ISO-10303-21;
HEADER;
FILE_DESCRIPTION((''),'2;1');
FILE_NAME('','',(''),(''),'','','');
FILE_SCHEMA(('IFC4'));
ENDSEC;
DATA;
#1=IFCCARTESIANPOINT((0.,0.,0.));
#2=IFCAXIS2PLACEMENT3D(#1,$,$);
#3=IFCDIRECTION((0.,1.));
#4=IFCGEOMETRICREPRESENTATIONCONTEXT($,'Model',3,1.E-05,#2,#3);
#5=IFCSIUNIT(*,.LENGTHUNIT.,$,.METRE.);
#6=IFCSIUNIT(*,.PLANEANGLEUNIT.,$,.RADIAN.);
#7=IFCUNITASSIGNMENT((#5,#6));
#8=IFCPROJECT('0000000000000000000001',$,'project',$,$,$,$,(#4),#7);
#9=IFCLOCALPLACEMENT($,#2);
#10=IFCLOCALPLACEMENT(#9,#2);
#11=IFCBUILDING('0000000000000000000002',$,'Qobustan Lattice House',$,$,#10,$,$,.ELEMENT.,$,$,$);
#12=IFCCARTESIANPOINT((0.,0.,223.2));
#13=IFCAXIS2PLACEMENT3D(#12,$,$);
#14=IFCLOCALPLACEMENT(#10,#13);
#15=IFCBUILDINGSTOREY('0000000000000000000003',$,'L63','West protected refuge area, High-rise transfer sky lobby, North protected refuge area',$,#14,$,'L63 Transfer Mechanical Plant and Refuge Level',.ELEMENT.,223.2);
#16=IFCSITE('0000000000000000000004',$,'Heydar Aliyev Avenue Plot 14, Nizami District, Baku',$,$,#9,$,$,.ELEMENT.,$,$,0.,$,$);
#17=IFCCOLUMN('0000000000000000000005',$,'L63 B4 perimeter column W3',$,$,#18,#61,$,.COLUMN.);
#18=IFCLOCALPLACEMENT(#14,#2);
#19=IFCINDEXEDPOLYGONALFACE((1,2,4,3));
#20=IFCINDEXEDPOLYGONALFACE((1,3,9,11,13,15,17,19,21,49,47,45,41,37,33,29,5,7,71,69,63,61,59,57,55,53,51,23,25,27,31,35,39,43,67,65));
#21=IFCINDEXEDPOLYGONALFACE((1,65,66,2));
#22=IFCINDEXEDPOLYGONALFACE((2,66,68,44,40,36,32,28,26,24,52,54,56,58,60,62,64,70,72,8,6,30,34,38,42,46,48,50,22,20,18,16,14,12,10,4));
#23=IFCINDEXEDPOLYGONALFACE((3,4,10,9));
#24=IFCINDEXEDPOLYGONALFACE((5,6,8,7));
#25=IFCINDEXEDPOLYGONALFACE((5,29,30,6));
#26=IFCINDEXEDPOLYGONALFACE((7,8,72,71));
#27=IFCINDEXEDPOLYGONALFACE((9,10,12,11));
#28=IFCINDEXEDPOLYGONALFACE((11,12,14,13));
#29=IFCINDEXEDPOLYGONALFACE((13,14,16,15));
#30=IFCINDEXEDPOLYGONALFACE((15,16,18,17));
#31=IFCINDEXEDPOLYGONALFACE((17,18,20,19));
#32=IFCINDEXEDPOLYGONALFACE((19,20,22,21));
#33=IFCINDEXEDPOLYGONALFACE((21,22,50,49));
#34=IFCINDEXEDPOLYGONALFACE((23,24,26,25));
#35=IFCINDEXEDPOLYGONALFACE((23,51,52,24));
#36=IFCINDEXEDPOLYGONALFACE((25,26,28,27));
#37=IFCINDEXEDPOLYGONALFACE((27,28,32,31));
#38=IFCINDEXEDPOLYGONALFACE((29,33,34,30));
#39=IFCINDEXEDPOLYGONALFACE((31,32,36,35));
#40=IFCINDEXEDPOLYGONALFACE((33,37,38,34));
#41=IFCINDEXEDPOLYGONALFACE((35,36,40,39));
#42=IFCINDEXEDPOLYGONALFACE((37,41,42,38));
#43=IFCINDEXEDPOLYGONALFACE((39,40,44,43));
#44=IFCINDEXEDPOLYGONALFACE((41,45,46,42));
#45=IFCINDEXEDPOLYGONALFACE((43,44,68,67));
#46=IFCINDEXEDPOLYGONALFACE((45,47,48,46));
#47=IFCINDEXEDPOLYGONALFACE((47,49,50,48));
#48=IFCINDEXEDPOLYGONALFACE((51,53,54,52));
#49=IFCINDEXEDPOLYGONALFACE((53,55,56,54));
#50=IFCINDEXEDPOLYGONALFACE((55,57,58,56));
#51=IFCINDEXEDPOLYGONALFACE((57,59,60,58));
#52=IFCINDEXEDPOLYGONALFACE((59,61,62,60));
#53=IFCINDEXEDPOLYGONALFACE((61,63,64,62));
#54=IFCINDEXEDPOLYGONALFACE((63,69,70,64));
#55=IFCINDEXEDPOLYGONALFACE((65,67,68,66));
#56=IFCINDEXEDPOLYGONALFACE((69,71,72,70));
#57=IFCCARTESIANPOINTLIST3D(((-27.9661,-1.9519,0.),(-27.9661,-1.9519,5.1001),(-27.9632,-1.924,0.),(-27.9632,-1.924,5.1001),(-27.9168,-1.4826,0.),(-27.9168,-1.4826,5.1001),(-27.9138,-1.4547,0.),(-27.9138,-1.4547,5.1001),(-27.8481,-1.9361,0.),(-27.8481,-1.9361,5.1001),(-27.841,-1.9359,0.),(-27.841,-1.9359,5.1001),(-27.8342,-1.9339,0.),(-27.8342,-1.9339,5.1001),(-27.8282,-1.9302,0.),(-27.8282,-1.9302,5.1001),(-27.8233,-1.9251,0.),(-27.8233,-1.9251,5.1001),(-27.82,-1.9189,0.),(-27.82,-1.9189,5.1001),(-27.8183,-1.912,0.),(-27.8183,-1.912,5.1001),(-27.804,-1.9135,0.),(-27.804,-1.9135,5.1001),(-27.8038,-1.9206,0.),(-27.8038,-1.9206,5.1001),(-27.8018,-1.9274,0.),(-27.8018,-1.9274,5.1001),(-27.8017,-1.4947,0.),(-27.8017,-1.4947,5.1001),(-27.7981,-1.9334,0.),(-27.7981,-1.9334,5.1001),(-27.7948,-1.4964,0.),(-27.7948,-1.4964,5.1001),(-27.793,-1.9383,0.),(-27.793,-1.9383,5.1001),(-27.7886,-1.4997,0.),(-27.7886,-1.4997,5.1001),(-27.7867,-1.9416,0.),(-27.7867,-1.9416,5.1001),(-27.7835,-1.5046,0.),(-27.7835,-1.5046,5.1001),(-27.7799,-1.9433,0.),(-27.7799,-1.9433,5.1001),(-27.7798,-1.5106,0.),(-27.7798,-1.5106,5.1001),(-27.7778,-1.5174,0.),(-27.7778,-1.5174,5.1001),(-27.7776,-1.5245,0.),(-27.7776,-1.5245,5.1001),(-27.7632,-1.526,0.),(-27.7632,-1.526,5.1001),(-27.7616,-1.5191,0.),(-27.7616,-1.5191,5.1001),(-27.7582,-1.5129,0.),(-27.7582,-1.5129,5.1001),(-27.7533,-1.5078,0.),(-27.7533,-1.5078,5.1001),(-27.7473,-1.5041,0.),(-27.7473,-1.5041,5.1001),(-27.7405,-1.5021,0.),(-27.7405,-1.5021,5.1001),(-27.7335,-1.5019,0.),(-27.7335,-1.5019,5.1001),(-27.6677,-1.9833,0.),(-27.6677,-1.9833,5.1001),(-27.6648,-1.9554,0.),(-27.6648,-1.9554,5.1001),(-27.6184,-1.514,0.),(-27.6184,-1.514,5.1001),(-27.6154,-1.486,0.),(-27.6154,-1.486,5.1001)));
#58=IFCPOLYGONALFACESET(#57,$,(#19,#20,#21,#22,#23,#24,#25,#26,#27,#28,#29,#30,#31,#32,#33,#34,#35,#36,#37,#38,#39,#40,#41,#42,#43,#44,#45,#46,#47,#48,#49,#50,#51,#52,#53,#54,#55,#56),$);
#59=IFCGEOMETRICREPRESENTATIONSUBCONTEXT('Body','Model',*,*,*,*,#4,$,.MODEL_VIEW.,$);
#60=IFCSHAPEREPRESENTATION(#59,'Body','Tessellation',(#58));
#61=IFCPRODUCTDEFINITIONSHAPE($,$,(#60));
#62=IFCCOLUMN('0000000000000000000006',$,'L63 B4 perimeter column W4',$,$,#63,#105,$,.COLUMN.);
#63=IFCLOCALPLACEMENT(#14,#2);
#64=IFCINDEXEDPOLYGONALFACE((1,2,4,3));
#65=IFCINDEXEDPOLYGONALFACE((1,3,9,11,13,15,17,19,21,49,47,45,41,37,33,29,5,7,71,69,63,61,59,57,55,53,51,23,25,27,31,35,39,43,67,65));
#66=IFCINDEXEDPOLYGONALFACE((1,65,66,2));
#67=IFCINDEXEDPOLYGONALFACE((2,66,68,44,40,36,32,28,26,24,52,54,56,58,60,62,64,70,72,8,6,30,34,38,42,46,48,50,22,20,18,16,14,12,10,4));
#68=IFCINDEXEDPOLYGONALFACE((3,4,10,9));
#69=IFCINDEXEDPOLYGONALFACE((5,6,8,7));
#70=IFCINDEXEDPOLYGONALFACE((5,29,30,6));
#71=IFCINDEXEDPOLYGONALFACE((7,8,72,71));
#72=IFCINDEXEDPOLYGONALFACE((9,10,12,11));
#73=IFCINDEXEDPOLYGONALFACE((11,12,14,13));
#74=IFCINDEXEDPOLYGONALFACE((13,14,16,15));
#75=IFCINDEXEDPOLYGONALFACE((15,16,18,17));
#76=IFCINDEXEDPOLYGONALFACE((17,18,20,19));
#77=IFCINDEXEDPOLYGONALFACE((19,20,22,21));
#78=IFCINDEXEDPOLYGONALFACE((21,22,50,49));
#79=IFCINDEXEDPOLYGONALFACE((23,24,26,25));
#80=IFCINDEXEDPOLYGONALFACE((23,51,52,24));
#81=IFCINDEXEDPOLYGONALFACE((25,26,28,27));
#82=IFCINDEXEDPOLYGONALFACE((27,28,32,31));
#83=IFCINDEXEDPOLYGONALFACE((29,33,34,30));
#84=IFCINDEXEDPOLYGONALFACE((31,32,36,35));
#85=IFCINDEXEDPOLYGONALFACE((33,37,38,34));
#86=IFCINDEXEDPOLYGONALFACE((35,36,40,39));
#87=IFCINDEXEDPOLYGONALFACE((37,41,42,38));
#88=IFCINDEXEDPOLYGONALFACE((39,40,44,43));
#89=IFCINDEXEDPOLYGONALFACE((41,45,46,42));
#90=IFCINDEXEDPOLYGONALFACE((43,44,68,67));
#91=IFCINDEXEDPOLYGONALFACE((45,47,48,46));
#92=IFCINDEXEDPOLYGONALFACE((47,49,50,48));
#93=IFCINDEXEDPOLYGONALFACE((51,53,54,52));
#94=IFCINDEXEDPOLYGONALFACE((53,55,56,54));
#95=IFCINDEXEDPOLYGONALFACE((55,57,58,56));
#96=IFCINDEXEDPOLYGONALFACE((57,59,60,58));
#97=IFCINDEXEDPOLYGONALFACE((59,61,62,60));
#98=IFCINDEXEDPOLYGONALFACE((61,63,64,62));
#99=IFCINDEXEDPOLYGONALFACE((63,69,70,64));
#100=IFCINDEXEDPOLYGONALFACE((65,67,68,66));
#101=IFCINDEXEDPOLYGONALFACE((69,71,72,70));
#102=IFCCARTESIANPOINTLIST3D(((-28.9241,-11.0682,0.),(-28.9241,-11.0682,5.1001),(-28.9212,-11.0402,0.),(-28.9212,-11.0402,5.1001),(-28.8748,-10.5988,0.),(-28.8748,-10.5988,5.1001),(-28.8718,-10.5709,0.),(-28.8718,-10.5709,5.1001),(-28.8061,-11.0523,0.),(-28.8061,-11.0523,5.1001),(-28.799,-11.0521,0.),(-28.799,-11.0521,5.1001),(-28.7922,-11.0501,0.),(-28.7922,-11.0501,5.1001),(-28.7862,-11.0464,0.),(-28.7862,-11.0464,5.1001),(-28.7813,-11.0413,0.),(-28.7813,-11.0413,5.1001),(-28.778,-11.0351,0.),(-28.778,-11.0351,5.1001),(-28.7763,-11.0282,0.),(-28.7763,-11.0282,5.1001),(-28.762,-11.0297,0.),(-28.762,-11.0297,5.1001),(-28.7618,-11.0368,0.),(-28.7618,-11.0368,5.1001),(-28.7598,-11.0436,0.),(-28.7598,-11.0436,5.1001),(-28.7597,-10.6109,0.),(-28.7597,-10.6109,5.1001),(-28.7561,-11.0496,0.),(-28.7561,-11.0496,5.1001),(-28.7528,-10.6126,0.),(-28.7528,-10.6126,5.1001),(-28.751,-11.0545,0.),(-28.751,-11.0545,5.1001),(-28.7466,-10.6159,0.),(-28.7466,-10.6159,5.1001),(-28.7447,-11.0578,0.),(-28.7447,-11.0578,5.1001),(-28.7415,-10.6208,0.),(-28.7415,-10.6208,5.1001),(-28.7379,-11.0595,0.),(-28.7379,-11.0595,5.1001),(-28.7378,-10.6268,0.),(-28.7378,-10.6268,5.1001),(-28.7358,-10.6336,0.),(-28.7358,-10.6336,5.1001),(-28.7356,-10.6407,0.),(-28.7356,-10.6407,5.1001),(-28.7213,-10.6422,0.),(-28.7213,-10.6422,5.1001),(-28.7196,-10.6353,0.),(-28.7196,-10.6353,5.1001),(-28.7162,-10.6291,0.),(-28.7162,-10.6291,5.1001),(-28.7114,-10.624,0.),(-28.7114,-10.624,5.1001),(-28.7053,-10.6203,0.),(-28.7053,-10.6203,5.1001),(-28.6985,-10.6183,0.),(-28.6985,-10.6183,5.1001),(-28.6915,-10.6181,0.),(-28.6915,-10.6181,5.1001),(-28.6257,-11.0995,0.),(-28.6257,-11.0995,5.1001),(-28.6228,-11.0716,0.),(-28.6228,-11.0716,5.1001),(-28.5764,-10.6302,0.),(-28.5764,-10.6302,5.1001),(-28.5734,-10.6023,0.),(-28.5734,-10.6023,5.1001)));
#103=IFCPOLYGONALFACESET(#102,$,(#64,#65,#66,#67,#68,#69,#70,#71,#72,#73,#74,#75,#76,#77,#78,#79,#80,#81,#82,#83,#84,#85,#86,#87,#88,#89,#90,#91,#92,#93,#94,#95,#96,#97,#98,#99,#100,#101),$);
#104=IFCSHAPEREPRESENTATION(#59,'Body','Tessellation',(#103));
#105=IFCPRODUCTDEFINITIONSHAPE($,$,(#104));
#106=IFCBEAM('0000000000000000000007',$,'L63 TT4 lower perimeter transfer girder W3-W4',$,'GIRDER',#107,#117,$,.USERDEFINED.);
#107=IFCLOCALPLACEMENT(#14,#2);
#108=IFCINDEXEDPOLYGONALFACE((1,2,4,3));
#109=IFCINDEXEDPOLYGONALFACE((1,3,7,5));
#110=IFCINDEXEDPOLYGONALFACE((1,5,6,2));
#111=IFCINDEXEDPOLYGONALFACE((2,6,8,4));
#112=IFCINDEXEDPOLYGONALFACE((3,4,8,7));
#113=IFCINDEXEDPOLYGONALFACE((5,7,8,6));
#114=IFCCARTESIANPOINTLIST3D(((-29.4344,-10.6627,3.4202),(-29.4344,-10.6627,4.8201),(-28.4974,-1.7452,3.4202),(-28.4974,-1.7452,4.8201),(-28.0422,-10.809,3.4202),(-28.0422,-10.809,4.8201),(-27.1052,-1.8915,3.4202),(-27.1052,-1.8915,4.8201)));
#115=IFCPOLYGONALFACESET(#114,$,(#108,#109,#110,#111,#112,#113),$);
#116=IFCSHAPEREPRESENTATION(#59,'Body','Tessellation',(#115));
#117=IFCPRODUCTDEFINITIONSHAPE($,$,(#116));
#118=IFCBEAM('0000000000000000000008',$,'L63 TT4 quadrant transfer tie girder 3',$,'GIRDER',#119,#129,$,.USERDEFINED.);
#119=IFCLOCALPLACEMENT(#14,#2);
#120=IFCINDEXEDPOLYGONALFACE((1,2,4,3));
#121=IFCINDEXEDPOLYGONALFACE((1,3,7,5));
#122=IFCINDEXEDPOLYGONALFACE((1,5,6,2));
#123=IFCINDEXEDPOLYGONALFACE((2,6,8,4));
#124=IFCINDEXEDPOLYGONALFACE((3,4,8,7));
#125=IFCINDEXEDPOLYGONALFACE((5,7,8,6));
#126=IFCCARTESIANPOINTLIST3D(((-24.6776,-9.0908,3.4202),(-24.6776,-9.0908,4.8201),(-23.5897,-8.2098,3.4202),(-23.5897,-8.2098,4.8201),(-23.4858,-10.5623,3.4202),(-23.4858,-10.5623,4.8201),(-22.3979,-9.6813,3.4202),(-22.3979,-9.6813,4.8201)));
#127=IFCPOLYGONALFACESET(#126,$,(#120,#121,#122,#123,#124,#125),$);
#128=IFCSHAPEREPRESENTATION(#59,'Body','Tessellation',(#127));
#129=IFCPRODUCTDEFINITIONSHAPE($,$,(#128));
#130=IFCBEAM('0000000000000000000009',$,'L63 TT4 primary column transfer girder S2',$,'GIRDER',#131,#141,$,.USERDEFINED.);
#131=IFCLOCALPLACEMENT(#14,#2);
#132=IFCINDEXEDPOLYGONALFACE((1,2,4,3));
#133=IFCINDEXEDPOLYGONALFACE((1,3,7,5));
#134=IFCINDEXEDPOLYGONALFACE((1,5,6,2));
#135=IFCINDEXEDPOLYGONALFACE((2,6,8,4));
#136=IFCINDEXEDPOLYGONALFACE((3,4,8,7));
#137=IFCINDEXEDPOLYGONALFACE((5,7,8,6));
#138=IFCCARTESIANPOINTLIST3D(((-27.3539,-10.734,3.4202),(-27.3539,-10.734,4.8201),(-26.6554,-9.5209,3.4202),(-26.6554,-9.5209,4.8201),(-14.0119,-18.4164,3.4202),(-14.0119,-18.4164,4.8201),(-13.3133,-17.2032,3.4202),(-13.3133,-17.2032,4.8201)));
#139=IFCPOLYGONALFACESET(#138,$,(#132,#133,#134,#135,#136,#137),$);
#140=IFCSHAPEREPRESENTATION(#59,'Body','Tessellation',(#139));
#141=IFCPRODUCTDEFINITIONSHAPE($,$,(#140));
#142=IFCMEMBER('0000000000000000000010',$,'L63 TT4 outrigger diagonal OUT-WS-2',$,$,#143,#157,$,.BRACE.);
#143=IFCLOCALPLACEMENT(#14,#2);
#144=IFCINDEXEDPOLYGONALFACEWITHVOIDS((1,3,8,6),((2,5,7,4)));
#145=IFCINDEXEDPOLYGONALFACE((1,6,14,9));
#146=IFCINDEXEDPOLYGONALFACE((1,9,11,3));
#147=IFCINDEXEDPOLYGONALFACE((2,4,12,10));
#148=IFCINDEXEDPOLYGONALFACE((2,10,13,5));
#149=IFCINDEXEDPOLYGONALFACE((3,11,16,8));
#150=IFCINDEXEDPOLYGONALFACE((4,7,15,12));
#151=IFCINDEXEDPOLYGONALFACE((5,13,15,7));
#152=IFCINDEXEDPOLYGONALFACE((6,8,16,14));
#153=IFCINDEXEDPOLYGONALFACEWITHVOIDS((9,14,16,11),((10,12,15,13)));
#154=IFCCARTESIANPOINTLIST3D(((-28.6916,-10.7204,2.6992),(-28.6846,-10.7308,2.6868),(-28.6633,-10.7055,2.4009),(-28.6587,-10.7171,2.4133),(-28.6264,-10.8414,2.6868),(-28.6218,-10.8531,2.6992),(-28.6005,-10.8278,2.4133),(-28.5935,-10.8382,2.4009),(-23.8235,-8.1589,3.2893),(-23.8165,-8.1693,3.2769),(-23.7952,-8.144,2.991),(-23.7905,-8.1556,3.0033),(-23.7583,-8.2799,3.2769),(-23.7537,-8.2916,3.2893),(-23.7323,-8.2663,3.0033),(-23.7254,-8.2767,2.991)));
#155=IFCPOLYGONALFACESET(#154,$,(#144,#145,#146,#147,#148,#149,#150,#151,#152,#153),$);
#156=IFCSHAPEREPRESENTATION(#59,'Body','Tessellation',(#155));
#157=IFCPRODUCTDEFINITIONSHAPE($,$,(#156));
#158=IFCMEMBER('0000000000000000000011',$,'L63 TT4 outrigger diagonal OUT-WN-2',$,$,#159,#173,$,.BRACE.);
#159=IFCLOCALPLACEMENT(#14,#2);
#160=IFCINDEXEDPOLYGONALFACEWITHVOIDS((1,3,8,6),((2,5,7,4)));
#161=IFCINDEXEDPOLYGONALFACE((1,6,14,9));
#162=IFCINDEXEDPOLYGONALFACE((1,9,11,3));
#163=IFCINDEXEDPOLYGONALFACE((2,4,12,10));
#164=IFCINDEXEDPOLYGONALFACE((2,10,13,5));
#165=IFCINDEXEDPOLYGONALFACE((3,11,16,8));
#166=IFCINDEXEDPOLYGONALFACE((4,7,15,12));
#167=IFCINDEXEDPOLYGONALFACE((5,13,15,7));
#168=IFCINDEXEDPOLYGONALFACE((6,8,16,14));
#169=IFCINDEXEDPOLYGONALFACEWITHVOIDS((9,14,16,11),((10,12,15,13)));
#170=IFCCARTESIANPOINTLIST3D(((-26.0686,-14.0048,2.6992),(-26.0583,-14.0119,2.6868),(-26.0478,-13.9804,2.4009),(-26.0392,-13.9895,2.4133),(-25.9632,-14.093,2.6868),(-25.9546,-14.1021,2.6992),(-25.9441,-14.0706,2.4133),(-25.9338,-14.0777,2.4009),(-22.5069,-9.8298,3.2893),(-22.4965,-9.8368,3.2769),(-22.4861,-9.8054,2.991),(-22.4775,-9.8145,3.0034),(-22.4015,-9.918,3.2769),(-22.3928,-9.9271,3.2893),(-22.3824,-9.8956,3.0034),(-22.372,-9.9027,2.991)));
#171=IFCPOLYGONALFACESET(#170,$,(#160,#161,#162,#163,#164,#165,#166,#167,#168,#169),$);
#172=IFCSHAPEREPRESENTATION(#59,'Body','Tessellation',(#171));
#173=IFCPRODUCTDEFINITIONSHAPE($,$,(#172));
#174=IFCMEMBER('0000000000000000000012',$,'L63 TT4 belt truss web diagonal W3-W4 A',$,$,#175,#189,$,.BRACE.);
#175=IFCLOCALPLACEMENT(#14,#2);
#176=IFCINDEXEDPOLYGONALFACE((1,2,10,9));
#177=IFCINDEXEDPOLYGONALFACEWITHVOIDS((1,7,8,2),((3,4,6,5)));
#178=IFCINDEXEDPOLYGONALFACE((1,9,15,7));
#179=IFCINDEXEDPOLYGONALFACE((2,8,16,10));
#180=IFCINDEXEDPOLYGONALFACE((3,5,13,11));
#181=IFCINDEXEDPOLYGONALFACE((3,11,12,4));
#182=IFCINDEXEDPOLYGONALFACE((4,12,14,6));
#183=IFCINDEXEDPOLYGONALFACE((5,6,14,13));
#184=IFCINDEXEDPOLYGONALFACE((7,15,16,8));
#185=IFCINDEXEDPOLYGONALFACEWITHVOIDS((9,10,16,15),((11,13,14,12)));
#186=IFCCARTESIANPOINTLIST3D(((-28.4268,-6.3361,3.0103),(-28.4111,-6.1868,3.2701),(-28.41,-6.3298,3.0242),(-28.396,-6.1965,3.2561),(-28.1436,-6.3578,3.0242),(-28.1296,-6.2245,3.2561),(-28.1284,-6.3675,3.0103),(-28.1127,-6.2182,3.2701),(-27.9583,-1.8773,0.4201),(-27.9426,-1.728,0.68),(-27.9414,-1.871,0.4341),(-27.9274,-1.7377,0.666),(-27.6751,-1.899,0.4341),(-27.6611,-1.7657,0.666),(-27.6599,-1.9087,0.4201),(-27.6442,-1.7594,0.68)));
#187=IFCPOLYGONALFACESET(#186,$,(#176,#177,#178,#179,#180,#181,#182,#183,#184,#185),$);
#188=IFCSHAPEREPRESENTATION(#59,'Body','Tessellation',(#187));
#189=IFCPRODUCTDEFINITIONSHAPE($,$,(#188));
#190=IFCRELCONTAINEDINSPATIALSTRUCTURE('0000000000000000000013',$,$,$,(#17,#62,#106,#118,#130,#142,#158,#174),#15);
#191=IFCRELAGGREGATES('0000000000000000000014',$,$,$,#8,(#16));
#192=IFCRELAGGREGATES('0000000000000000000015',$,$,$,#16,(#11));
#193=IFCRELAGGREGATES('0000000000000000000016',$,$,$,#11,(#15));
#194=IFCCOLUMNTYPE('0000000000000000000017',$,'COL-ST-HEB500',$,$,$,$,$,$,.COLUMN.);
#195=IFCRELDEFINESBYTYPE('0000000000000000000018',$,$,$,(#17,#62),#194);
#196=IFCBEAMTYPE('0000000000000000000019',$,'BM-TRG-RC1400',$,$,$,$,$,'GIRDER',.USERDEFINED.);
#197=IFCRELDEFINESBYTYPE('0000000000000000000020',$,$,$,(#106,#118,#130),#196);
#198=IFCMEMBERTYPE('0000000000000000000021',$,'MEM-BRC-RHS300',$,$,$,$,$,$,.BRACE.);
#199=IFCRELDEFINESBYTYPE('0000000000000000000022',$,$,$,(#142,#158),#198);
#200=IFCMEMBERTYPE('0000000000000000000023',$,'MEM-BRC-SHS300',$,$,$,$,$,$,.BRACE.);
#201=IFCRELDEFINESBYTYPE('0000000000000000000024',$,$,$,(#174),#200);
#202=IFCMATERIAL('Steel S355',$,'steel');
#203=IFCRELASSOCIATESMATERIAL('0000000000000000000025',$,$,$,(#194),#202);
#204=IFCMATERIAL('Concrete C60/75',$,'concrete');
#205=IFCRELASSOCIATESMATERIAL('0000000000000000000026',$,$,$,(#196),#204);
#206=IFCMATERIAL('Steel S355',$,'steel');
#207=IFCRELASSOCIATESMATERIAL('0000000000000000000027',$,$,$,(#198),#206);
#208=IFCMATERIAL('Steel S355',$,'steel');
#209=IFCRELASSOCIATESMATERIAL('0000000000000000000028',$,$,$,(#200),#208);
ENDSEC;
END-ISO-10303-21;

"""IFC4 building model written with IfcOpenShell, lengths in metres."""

from ifc_helpers import new_model, si_unit, direction, frame, origin, origin_2d, place, context, subcontext, project, spatial, rectangle, hollow_rectangle, i_section, extrude, material, material_profile, profile_set, type_object, element, save


model = new_model("IFC4")

# Units and contexts
model_context = context("Model", 3, precision=1e-05, world=origin(), true_north=direction((0.0, 1.0)))
body_context = subcontext(model_context, "Body", "Model", "MODEL_VIEW")
ifc_project = project(units=[si_unit("LENGTHUNIT", "METRE"), si_unit("PLANEANGLEUNIT", "RADIAN")], contexts=[model_context])

# Site, building, storey
site_placement = place(None, origin())
site = spatial("IfcSite", under=ifc_project, at=site_placement, Name="Heydar Aliyev Avenue Plot 14, Nizami District, Baku", CompositionType="ELEMENT", RefElevation=0.0)
building_placement = place(site_placement, origin())
building = spatial("IfcBuilding", under=site, at=building_placement, Name="Qobustan Lattice House", CompositionType="ELEMENT")
storey_placement = place(building_placement, frame((0.0, 0.0, 223.2)))
storey = spatial("IfcBuildingStorey", under=building, at=storey_placement, Name="L63", Description="West protected refuge area, High-rise transfer sky lobby, North protected refuge area", LongName="L63 Transfer Mechanical Plant and Refuge Level", CompositionType="ELEMENT", Elevation=223.2)

# Columns
ifc_material_1 = material(Name="Steel S355", Category="steel")
ifc_material_profile_1 = material_profile(ifc_material_1, i_section(OverallWidth=0.3, OverallDepth=0.5, WebThickness=0.0144, FlangeThickness=0.0281, FilletRadius=0.0271, at=origin_2d()), Name="HEB500")
ifc_profile_set_1 = profile_set([ifc_material_profile_1], Name="Steel S355")
column_type = type_object("IfcColumnType", Name="COL-ST-HEB500", PredefinedType="COLUMN", material=ifc_profile_set_1)
for number, where, z_axis, x_axis, name in (
    (1, (-27.7908, -1.719, 0.0), (0.0, 0.0, 1.0), (0.994522, -0.104528, 0.0), "L63 B4 perimeter column W3"),
    (2, (-28.7488, -10.8352, 0.0), (0.0, 0.0, 1.0), (0.994522, -0.104528, 0.0), "L63 B4 perimeter column W4"),
):
    element("IfcColumn", number, at=place(storey_placement, frame(where, z_axis=z_axis, x_axis=x_axis)), inside=storey, type_object=column_type, Name=name, PredefinedType="COLUMN", context=body_context, shape_type="SweptSolid", body=[
        extrude(i_section(OverallWidth=0.3, OverallDepth=0.5, WebThickness=0.0144, FlangeThickness=0.0281, FilletRadius=0.0271, at=origin_2d()), origin(), (0.0, 0.0, 1.0), 5.1001),
    ])

# Beams
ifc_material_2 = material(Name="Concrete C60/75", Category="concrete")
ifc_material_profile_2 = material_profile(ifc_material_2, rectangle(XDim=1.3999, YDim=1.3999, at=origin_2d()), Name="RC1400x1400")
ifc_profile_set_2 = profile_set([ifc_material_profile_2], Name="Concrete C60/75")
beam_type = type_object("IfcBeamType", Name="BM-TRG-RC1400", ElementType="GIRDER", PredefinedType="USERDEFINED", material=ifc_profile_set_2)
beam_1_placement = place(storey_placement, frame((-27.8013, -1.8184, 4.1201), z_axis=(-0.104501, -0.994525, 0.0), x_axis=(0.994525, -0.104501, 0.0)))
element("IfcBeam", 3, at=beam_1_placement, inside=storey, type_object=beam_type, Name="L63 TT4 lower perimeter transfer girder W3-W4", ObjectType="GIRDER", PredefinedType="USERDEFINED", context=body_context, shape_type="SweptSolid", body=[
    extrude(rectangle(XDim=1.3999, YDim=1.3999, at=origin_2d()), origin(), (0.0, 0.0, 1.0), 8.9666),
])
beam_2_placement = place(storey_placement, frame((-22.9419, -10.1218, 4.1201), z_axis=(-0.629354, 0.777119, 0.0), x_axis=(-0.777119, -0.629354, 0.0)))
element("IfcBeam", 4, at=beam_2_placement, inside=storey, type_object=beam_type, Name="L63 TT4 quadrant transfer tie girder 3", ObjectType="GIRDER", PredefinedType="USERDEFINED", context=body_context, shape_type="SweptSolid", body=[
    extrude(rectangle(XDim=1.3999, YDim=1.3999, at=origin_2d()), origin(), (0.0, 0.0, 1.0), 1.8936),
])
beam_3_placement = place(storey_placement, frame((-27.0046, -10.1274, 4.1201), z_axis=(0.866606, -0.498993, 0.0), x_axis=(0.498993, 0.866606, 0.0)))
element("IfcBeam", 5, at=beam_3_placement, inside=storey, type_object=beam_type, Name="L63 TT4 primary column transfer girder S2", ObjectType="GIRDER", PredefinedType="USERDEFINED", context=body_context, shape_type="SweptSolid", body=[
    extrude(rectangle(XDim=1.3999, YDim=1.3999, at=origin_2d()), origin(), (0.0, 0.0, 1.0), 15.3958),
])

# Members
ifc_material_3 = material(Name="Steel S355", Category="steel")
ifc_material_profile_3 = material_profile(ifc_material_3, hollow_rectangle(XDim=0.1499, YDim=0.3, WallThickness=0.0125, at=origin_2d()), Name="RHS300x150x12.5")
ifc_profile_set_3 = profile_set([ifc_material_profile_3], Name="Steel S355")
member_type_1 = type_object("IfcMemberType", Name="MEM-BRC-RHS300", PredefinedType="BRACE", material=ifc_profile_set_3)
member_1_placement = place(storey_placement, frame((-23.7744, -8.2178, 3.1401), z_axis=(-0.87992, -0.462995, -0.106658), x_axis=(0.465651, -0.884968, 0.0)))
element("IfcMember", 6, at=member_1_placement, inside=storey, type_object=member_type_1, Name="L63 TT4 outrigger diagonal OUT-WS-2", PredefinedType="BRACE", context=body_context, shape_type="SweptSolid", body=[
    extrude(hollow_rectangle(XDim=0.1499, YDim=0.3, WallThickness=0.0125, at=origin_2d()), origin(), (0.0, 0.0, 1.0), 5.5325),
])
member_2_placement = place(storey_placement, frame((-22.4395, -9.8662, 3.1401), z_axis=(-0.6453, -0.756411, -0.106909), x_axis=(0.760771, -0.64902, 0.0)))
element("IfcMember", 7, at=member_2_placement, inside=storey, type_object=member_type_1, Name="L63 TT4 outrigger diagonal OUT-WN-2", PredefinedType="BRACE", context=body_context, shape_type="SweptSolid", body=[
    extrude(hollow_rectangle(XDim=0.1499, YDim=0.3, WallThickness=0.0125, at=origin_2d()), origin(), (0.0, 0.0, 1.0), 5.5195),
])
ifc_material_4 = material(Name="Steel S355", Category="steel")
ifc_material_profile_4 = material_profile(ifc_material_4, hollow_rectangle(XDim=0.3, YDim=0.3, WallThickness=0.0161, at=origin_2d()), Name="SHS300x300x16")
ifc_profile_set_4 = profile_set([ifc_material_profile_4], Name="Steel S355")
member_type_2 = type_object("IfcMemberType", Name="MEM-BRC-SHS300", PredefinedType="BRACE", material=ifc_profile_set_4)
for number, where, z_axis, x_axis, name in (
    (8, (-27.8013, -1.8184, 0.55), (-0.090486, -0.861146, 0.500241), (0.994525, -0.104501, 0.0), "L63 TT4 belt truss web diagonal W3-W4 A"),
):
    element("IfcMember", number, at=place(storey_placement, frame(where, z_axis=z_axis, x_axis=x_axis)), inside=storey, type_object=member_type_2, Name=name, PredefinedType="BRACE", context=body_context, shape_type="SweptSolid", body=[
        extrude(hollow_rectangle(XDim=0.3, YDim=0.3, WallThickness=0.0161, at=origin_2d()), origin(), (0.0, 0.0, 1.0), 5.1777),
    ])

save(model, "model.ifc")
